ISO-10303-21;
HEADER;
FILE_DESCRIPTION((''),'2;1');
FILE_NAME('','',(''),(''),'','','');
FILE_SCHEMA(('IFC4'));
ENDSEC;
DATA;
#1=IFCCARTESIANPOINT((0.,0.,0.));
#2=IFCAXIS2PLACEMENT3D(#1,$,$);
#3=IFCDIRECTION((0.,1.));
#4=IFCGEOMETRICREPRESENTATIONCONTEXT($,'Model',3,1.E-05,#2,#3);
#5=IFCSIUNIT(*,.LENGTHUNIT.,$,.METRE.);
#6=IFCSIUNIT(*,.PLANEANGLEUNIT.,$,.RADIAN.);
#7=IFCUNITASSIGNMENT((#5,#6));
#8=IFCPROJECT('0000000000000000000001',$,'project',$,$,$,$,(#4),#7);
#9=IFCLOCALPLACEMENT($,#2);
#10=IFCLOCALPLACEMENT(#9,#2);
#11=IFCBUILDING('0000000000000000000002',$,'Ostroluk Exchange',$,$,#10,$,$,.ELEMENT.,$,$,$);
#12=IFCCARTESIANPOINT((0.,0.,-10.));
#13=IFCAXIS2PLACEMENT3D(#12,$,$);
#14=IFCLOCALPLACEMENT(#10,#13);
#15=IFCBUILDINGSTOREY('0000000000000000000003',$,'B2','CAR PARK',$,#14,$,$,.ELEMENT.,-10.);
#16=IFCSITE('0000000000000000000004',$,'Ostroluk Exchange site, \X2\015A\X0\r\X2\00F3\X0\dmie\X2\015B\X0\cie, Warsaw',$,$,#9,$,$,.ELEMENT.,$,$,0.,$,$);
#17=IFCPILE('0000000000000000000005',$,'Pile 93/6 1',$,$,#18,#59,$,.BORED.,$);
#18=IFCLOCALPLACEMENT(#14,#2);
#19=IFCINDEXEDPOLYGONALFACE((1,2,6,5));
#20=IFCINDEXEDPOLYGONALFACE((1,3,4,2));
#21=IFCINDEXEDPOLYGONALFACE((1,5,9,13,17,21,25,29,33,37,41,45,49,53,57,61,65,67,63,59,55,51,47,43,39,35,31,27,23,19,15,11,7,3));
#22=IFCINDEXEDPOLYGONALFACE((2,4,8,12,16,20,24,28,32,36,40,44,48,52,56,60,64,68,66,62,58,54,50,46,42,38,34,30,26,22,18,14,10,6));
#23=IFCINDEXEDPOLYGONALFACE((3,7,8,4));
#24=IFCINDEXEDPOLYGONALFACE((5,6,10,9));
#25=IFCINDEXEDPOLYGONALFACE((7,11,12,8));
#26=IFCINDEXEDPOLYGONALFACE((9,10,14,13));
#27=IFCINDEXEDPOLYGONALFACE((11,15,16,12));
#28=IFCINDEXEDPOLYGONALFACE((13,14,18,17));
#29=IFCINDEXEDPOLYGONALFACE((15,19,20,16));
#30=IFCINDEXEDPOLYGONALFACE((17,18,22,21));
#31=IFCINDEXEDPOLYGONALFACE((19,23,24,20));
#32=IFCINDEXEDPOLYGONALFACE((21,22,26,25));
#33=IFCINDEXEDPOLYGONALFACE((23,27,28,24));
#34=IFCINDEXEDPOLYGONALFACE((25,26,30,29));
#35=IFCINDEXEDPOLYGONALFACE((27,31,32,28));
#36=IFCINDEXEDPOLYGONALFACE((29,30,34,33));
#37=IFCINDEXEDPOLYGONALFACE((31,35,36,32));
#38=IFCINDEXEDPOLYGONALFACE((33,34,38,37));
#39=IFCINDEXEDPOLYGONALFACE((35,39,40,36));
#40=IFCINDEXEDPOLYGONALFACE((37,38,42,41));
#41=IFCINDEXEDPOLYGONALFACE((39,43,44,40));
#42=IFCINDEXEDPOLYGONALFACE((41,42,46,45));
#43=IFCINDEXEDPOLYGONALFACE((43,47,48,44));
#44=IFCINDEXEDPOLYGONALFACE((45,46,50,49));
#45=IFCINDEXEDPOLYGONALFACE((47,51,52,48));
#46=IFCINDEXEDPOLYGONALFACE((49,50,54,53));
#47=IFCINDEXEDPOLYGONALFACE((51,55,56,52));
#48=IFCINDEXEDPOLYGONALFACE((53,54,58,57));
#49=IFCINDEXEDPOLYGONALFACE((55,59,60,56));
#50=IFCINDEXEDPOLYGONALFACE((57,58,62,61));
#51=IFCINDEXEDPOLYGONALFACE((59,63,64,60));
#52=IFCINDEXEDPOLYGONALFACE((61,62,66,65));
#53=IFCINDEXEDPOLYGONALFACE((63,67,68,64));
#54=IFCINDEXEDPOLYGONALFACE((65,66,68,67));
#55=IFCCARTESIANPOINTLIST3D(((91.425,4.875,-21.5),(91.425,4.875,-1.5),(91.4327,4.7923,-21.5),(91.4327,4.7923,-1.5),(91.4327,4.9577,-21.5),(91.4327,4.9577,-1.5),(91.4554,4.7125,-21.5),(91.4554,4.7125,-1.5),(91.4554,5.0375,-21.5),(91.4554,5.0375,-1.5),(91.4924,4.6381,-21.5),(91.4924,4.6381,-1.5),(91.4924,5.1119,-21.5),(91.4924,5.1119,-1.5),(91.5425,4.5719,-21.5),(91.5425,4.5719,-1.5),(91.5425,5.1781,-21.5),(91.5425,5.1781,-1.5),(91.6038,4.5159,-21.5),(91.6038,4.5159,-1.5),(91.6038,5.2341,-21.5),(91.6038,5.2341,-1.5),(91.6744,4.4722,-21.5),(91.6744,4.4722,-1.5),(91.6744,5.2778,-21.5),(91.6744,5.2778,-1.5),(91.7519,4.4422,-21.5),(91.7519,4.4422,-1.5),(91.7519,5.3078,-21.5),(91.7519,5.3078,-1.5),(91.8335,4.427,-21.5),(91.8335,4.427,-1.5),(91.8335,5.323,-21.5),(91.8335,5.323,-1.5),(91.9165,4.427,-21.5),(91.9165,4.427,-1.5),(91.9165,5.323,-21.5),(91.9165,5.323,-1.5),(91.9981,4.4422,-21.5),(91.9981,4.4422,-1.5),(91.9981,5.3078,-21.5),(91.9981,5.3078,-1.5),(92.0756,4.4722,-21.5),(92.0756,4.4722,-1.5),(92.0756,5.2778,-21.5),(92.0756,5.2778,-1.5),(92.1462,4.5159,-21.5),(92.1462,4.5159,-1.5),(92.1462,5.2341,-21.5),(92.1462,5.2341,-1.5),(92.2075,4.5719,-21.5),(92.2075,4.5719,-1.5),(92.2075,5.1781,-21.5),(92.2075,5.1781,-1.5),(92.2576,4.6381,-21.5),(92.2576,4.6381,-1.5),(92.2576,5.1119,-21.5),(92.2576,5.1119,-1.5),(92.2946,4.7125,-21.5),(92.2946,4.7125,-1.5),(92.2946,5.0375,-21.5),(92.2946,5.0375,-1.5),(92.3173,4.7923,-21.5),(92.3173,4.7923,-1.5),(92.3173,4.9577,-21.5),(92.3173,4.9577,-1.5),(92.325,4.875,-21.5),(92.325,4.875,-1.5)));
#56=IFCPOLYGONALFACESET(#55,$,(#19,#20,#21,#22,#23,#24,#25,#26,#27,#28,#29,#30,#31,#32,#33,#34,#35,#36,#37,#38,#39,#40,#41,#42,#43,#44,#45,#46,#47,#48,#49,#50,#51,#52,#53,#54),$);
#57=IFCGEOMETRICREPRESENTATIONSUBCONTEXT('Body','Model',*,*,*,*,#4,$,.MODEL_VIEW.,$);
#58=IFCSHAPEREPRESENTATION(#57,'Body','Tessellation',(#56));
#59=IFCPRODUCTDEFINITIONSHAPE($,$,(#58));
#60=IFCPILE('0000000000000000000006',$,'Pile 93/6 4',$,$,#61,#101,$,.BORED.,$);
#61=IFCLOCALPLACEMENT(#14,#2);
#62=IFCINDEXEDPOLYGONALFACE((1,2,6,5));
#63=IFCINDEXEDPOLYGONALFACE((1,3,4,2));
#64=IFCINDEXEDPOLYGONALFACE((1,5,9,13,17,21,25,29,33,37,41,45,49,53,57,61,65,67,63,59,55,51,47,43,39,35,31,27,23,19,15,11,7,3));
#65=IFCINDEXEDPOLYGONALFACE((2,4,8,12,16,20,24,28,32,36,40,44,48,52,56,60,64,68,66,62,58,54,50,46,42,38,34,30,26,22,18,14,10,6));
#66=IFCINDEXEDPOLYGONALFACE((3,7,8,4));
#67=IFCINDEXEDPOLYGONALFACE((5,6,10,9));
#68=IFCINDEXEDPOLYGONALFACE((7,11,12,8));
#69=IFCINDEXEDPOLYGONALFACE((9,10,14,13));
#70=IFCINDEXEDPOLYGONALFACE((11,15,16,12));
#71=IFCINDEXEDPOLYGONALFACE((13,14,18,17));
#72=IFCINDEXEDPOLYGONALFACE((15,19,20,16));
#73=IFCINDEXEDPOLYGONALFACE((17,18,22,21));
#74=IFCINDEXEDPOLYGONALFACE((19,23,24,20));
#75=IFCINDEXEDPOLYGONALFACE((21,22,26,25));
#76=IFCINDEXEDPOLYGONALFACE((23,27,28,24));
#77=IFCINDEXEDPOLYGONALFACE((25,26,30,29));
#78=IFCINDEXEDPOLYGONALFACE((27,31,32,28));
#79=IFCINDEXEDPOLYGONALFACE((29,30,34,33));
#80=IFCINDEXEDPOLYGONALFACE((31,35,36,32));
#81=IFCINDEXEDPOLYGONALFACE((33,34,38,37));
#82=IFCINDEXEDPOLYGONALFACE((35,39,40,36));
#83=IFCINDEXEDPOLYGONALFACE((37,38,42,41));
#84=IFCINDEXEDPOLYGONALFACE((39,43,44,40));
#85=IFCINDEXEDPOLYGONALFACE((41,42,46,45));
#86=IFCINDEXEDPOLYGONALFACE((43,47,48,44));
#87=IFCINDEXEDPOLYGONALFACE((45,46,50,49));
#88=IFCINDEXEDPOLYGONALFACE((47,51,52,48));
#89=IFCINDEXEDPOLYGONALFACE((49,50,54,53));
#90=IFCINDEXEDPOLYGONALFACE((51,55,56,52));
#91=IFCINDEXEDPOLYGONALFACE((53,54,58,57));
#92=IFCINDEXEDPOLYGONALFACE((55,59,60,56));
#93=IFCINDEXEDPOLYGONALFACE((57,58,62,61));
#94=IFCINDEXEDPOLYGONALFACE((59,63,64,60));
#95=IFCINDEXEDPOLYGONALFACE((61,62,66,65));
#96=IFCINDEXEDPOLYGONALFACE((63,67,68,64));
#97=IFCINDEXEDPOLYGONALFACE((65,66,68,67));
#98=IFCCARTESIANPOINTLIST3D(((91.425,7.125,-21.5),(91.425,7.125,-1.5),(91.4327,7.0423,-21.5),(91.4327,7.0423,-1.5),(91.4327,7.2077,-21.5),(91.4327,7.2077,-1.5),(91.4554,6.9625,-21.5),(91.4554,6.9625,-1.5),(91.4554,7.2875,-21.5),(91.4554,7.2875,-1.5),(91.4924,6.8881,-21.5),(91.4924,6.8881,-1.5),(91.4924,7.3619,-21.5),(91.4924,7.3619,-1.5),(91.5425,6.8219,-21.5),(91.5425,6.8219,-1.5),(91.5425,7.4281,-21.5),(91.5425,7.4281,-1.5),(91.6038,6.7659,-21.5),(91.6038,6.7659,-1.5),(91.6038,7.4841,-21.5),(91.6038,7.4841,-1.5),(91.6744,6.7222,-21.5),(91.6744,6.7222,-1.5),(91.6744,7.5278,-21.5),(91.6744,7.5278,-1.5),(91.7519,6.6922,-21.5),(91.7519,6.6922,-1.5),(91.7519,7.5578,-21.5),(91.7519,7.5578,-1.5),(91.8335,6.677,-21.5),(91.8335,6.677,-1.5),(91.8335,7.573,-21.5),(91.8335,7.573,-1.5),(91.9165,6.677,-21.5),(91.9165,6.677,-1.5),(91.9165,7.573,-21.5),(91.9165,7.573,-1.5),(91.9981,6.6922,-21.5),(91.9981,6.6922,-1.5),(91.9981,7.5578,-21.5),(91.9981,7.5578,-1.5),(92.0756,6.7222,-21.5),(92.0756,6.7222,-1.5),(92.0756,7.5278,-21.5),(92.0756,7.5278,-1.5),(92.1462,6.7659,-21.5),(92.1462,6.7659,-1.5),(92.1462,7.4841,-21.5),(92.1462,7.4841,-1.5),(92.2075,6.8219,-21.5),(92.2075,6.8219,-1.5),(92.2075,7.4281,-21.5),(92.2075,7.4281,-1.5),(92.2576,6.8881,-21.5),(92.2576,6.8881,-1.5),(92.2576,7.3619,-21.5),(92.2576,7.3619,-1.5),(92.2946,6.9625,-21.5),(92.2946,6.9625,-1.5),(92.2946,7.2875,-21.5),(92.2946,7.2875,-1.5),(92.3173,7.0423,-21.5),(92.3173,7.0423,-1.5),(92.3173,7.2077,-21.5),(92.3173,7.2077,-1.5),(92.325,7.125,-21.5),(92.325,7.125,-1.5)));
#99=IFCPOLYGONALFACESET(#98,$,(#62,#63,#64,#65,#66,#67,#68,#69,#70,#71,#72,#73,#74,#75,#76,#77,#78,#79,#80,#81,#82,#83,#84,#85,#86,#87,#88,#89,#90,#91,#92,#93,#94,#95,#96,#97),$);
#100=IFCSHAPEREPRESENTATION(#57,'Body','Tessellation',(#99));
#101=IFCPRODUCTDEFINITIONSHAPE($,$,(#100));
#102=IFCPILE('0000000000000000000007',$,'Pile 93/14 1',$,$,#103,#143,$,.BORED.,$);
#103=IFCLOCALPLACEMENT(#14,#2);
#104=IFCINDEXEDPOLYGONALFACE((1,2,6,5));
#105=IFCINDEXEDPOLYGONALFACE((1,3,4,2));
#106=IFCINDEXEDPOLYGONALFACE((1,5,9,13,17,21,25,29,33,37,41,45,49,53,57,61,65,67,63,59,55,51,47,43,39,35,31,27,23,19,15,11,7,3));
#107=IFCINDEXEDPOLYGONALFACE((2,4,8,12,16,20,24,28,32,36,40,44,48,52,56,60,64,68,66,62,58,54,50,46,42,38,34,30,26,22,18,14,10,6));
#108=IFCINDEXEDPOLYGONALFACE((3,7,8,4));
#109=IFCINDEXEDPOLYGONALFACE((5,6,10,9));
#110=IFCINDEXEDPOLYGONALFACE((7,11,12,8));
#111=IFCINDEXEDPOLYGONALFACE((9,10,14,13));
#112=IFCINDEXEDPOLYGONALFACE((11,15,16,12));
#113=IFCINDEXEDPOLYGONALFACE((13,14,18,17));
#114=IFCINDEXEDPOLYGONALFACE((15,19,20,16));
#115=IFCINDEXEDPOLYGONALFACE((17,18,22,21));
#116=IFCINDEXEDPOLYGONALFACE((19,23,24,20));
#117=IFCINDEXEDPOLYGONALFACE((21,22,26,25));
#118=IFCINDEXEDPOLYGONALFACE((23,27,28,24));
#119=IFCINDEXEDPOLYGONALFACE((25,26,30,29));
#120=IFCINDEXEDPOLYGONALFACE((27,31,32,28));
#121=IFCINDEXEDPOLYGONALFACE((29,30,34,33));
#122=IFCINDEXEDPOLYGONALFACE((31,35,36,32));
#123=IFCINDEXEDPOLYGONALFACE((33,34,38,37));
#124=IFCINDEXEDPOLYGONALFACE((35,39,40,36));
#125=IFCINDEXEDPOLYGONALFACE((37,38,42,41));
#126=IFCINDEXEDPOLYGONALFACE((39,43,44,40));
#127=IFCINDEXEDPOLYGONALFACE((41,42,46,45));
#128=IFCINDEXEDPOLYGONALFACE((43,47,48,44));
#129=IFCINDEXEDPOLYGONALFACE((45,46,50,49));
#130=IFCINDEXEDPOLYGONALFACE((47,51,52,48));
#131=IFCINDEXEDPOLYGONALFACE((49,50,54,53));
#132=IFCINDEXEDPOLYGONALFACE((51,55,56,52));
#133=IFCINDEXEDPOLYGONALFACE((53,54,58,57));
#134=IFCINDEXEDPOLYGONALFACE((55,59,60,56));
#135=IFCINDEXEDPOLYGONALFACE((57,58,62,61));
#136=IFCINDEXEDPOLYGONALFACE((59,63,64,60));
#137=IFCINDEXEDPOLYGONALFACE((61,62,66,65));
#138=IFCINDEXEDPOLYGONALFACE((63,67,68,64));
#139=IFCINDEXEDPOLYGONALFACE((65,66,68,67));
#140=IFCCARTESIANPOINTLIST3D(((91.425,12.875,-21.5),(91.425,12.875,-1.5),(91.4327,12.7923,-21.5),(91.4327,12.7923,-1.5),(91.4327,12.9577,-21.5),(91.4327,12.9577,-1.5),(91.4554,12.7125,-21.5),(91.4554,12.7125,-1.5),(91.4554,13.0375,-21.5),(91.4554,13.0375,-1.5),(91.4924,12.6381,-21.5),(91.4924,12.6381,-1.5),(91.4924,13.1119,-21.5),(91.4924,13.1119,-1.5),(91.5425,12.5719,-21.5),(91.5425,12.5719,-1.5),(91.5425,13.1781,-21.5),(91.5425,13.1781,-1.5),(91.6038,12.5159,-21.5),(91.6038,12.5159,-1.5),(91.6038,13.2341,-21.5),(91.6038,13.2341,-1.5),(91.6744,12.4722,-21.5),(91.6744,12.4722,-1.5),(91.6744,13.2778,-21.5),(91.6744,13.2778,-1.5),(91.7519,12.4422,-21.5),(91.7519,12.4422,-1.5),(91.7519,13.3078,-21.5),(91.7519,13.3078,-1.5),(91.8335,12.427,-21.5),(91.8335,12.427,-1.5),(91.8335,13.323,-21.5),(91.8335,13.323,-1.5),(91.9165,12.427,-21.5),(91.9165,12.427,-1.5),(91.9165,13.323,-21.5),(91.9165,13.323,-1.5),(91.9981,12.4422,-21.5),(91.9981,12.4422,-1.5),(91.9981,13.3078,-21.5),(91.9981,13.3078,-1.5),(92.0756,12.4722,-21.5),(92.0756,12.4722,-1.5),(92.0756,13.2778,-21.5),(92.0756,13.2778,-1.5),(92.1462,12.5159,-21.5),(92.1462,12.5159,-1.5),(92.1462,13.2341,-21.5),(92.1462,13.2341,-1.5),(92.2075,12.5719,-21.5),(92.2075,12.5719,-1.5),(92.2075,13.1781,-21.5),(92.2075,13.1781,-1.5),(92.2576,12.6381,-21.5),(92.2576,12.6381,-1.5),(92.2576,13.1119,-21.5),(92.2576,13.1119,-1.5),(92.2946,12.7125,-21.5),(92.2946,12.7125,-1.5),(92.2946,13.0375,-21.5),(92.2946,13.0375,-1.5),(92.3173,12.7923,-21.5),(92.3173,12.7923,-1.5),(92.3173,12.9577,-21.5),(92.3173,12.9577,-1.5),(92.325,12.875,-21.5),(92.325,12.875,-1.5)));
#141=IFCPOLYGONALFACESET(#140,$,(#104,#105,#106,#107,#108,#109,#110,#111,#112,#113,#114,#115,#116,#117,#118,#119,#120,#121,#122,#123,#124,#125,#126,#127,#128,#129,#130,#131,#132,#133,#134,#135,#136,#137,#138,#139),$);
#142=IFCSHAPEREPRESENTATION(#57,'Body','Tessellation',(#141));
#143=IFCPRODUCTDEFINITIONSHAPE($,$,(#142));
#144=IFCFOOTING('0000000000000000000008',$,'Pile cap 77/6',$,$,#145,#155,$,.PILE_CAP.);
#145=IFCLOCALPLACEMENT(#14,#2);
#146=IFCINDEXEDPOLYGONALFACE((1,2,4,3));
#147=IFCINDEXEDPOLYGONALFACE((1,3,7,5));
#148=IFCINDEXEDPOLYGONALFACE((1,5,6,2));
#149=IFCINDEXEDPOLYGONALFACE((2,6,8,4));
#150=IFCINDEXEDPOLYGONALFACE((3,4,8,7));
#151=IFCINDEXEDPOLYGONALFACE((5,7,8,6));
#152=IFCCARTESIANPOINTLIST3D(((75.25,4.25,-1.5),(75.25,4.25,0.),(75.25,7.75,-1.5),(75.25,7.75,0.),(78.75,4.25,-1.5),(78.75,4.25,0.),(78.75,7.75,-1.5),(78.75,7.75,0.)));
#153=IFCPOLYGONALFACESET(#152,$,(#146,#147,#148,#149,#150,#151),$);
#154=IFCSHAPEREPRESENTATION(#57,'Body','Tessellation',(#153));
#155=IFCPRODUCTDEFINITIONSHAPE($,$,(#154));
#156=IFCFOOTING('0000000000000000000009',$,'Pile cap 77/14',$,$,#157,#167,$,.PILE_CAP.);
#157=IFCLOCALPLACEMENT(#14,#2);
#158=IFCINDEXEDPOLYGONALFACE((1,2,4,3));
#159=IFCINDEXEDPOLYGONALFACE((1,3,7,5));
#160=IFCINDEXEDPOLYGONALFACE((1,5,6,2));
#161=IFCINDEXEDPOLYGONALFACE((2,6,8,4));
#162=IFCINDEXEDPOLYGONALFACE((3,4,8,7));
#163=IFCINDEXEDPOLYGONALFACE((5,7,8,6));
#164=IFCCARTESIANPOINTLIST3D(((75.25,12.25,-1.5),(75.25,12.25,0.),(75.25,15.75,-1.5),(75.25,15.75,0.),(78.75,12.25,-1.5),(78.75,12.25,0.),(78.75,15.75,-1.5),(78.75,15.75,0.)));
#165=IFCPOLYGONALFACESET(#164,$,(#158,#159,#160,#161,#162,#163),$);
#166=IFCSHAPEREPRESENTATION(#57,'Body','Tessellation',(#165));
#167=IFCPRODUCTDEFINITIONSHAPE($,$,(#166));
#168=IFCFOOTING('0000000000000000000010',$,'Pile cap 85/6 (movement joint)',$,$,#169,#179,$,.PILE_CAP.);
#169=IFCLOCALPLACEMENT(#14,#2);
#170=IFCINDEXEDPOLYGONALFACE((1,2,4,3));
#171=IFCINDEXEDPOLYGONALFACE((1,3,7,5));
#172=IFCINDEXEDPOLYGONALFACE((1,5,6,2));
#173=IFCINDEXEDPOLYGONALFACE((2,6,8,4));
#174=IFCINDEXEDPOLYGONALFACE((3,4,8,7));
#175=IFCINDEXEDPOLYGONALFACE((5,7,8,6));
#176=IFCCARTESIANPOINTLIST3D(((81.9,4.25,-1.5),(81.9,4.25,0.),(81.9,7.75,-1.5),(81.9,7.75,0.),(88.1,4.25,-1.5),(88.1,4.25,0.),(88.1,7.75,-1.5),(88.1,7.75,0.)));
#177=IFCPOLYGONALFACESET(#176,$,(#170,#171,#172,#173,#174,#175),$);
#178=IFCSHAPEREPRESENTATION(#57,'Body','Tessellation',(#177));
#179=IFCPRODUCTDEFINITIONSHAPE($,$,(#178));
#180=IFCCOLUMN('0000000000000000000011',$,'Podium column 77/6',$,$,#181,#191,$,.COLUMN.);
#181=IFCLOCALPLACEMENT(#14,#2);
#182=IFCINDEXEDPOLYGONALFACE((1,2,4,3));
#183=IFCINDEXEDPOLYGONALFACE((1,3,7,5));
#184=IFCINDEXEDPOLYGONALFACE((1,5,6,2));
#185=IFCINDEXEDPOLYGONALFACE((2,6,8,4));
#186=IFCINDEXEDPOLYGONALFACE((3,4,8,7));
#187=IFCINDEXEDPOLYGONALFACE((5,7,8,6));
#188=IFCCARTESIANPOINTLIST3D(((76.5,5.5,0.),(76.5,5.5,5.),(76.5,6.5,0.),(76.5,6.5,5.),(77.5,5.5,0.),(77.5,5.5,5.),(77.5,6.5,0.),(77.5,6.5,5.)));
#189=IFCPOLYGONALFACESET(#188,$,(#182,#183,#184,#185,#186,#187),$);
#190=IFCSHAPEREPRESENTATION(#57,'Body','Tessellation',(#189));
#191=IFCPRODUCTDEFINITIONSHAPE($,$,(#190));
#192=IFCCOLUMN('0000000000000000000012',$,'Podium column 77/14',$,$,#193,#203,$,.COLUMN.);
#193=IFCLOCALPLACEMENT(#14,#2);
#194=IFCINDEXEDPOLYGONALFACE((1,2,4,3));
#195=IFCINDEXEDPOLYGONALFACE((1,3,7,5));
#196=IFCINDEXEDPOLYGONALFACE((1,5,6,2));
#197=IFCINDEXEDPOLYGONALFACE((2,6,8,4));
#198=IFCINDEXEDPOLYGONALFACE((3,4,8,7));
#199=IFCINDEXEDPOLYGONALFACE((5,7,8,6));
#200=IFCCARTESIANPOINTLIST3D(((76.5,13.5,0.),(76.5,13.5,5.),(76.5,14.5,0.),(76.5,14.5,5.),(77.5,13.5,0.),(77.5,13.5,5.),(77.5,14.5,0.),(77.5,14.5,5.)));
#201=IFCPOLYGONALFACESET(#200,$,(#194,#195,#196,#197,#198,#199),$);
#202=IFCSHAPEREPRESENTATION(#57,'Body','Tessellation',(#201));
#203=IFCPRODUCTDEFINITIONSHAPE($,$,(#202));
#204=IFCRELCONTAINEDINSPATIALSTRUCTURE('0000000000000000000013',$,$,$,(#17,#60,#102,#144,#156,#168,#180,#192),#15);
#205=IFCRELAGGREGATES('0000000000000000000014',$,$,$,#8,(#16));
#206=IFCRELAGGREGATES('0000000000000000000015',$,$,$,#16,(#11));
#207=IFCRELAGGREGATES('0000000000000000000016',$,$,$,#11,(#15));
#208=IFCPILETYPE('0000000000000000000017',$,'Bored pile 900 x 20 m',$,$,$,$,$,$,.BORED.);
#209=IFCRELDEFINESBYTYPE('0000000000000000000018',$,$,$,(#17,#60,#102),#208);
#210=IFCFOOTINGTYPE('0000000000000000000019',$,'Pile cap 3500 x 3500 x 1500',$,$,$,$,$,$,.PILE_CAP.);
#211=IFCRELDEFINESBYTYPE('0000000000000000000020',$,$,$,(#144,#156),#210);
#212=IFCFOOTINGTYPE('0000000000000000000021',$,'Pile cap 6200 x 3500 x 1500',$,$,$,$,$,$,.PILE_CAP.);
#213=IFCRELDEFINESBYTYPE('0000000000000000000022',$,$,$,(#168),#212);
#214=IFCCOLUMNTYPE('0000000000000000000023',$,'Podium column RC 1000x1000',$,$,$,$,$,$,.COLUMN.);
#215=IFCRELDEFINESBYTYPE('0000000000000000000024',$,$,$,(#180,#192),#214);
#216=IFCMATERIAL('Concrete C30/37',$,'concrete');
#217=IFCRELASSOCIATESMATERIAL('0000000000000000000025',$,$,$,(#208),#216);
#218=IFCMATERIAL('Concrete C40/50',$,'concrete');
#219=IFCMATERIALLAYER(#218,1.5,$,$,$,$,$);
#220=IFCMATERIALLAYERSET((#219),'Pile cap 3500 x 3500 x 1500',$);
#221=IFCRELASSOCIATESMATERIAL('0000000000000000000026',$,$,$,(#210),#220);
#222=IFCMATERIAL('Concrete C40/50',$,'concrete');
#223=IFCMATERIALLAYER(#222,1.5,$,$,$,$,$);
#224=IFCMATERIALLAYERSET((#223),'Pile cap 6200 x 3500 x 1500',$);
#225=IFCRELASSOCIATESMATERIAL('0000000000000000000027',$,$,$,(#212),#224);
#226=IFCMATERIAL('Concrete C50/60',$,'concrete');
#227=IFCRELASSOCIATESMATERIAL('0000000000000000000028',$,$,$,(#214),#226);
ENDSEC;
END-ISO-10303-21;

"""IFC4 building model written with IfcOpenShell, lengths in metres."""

from ifc_helpers import new_model, si_unit, direction, frame, origin, origin_2d, place, context, subcontext, project, spatial, rectangle, circle, extrude, material, layer, layer_set, material_profile, profile_set, type_object, element, save


model = new_model("IFC4")

# Units and contexts
model_context = context("Model", 3, precision=1e-05, world=origin(), true_north=direction((0.0, 1.0)))
body_context = subcontext(model_context, "Body", "Model", "MODEL_VIEW")
ifc_project = project(units=[si_unit("LENGTHUNIT", "METRE"), si_unit("PLANEANGLEUNIT", "RADIAN")], contexts=[model_context])

# Site, building, storey
site_placement = place(None, origin())
site = spatial("IfcSite", under=ifc_project, at=site_placement, Name="Ostroluk Exchange site, Śródmieście, Warsaw", CompositionType="ELEMENT", RefElevation=0.0)
building_placement = place(site_placement, origin())
building = spatial("IfcBuilding", under=site, at=building_placement, Name="Ostroluk Exchange", CompositionType="ELEMENT")
storey_placement = place(building_placement, frame((0.0, 0.0, -10.0)))
storey = spatial("IfcBuildingStorey", under=building, at=storey_placement, Name="B2", Description="CAR PARK", CompositionType="ELEMENT", Elevation=-10.0)

# Piles
ifc_material_1 = material(Name="Concrete C30/37", Category="concrete")
pile_type = type_object("IfcPileType", Name="Bored pile 900 x 20 m", PredefinedType="BORED", material=ifc_material_1)
for number, where, z_axis, x_axis, name in (
    (1, (91.875, 4.875, -1.5), (0.0, 0.0, -1.0), (1.0, 0.0, 0.0), "Pile 93/6 1"),
    (2, (91.875, 7.125, -1.5), (0.0, 0.0, -1.0), (1.0, 0.0, 0.0), "Pile 93/6 4"),
    (3, (91.875, 12.875, -1.5), (0.0, 0.0, -1.0), (1.0, 0.0, 0.0), "Pile 93/14 1"),
):
    element("IfcPile", number, at=place(storey_placement, frame(where, z_axis=z_axis, x_axis=x_axis)), inside=storey, type_object=pile_type, Name=name, PredefinedType="BORED", context=body_context, shape_type="SweptSolid", body=[
        extrude(circle(Radius=0.45, at=origin_2d()), origin(), (0.0, 0.0, 1.0), 20.0),
    ])

# Footings
ifc_material_2 = material(Name="Concrete C40/50", Category="concrete")
ifc_layer_1 = layer(ifc_material_2, 1.5)
ifc_layer_set_1 = layer_set([ifc_layer_1], Name="Pile cap 3500 x 3500 x 1500")
footing_type_1 = type_object("IfcFootingType", Name="Pile cap 3500 x 3500 x 1500", PredefinedType="PILE_CAP", material=ifc_layer_set_1)
for number, where, z_axis, x_axis, name in (
    (4, (77.0, 6.0, -1.5), (0.0, 0.0, 1.0), (1.0, 0.0, 0.0), "Pile cap 77/6"),
    (5, (77.0, 14.0, -1.5), (0.0, 0.0, 1.0), (1.0, 0.0, 0.0), "Pile cap 77/14"),
):
    element("IfcFooting", number, at=place(storey_placement, frame(where, z_axis=z_axis, x_axis=x_axis)), inside=storey, type_object=footing_type_1, Name=name, PredefinedType="PILE_CAP", context=body_context, shape_type="SweptSolid", body=[
        extrude(rectangle(XDim=3.5, YDim=3.5, at=origin_2d()), origin(), (0.0, 0.0, 1.0), 1.5),
    ])
ifc_material_3 = material(Name="Concrete C40/50", Category="concrete")
ifc_layer_2 = layer(ifc_material_3, 1.5)
ifc_layer_set_2 = layer_set([ifc_layer_2], Name="Pile cap 6200 x 3500 x 1500")
footing_type_2 = type_object("IfcFootingType", Name="Pile cap 6200 x 3500 x 1500", PredefinedType="PILE_CAP", material=ifc_layer_set_2)
footing_placement = place(storey_placement, frame((85.0, 6.0, -1.5), z_axis=(0.0, 0.0, 1.0), x_axis=(1.0, 0.0, 0.0)))
element("IfcFooting", 6, at=footing_placement, inside=storey, type_object=footing_type_2, Name="Pile cap 85/6 (movement joint)", PredefinedType="PILE_CAP", context=body_context, shape_type="SweptSolid", body=[
    extrude(rectangle(XDim=6.2, YDim=3.5, at=origin_2d()), origin(), (0.0, 0.0, 1.0), 1.5),
])

# Columns
ifc_material_4 = material(Name="Concrete C50/60", Category="concrete")
ifc_material_profile_1 = material_profile(ifc_material_4, rectangle(XDim=1.0, YDim=1.0, at=origin_2d()), Name="RC 1000x1000")
ifc_profile_set_1 = profile_set([ifc_material_profile_1], Name="Concrete C50/60")
column_type_1 = type_object("IfcColumnType", Name="Podium column RC 1000x1000", PredefinedType="COLUMN", material=ifc_profile_set_1)
for number, where, z_axis, x_axis, name in (
    (7, (77.0, 6.0, 0.0), (0.0, 0.0, 1.0), (1.0, 0.0, 0.0), "Podium column 77/6"),
    (8, (77.0, 14.0, 0.0), (0.0, 0.0, 1.0), (1.0, 0.0, 0.0), "Podium column 77/14"),
):
    element("IfcColumn", number, at=place(storey_placement, frame(where, z_axis=z_axis, x_axis=x_axis)), inside=storey, type_object=column_type_1, Name=name, PredefinedType="COLUMN", context=body_context, shape_type="SweptSolid", body=[
        extrude(rectangle(XDim=1.0, YDim=1.0, at=origin_2d()), origin(), (0.0, 0.0, 1.0), 5.0),
    ])

save(model, "model.ifc")
